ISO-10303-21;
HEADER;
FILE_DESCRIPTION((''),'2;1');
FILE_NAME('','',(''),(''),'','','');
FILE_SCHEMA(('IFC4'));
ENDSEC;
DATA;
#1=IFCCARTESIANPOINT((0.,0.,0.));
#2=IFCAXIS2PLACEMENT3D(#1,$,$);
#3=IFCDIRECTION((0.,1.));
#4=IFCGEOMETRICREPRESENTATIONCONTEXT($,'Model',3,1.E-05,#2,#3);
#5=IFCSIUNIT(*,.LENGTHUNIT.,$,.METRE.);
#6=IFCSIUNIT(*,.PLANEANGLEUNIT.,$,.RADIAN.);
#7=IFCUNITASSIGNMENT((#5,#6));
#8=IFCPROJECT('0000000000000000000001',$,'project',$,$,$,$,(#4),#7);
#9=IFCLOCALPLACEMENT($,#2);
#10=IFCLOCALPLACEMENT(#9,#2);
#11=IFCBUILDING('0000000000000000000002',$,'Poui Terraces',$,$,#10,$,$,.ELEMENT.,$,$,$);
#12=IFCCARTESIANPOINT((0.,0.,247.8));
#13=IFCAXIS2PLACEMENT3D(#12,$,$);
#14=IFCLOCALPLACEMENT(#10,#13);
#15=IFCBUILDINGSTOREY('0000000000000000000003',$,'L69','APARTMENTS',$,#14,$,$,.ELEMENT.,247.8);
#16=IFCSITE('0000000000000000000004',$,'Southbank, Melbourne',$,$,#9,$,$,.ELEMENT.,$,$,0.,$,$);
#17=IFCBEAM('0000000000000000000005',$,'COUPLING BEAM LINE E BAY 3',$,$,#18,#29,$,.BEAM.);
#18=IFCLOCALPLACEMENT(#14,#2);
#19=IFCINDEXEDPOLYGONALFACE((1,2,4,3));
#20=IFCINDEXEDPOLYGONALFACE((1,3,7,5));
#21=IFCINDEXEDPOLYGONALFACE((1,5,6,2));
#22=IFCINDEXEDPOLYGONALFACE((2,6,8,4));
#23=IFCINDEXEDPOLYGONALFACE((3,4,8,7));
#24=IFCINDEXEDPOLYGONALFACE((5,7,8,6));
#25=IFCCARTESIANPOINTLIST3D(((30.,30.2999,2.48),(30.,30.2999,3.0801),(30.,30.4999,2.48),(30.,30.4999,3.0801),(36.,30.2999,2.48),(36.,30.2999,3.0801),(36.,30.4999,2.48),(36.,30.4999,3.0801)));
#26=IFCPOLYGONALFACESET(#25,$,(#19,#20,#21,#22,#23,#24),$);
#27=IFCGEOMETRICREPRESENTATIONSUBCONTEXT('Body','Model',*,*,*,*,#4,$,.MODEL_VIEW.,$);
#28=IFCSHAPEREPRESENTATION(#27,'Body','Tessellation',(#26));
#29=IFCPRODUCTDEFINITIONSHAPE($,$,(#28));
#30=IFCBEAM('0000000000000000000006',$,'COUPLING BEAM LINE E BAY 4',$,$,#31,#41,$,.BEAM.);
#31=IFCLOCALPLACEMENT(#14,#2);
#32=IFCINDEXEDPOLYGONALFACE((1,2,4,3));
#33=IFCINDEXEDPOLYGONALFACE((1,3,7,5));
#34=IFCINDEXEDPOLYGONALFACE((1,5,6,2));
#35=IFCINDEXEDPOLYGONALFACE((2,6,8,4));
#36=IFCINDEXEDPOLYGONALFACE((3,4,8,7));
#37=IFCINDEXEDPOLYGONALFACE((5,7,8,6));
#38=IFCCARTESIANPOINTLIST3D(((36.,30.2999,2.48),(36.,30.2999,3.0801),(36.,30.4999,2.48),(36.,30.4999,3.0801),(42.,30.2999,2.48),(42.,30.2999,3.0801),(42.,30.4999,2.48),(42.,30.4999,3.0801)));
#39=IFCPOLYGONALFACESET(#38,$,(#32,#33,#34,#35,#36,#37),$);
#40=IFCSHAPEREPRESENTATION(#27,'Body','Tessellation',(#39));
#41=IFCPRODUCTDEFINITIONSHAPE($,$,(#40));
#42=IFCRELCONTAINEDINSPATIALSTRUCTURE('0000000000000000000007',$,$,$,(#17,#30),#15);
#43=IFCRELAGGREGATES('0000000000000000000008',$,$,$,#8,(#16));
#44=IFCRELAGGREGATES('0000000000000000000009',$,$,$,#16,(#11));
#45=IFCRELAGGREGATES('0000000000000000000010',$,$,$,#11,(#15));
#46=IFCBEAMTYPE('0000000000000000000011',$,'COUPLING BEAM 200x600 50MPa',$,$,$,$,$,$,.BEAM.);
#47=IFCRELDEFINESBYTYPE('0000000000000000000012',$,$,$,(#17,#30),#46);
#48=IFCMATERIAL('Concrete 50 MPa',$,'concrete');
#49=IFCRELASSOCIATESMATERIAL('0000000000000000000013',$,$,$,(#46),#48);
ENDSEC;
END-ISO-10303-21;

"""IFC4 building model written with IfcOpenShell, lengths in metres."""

from ifc_helpers import new_model, si_unit, direction, frame, origin, origin_2d, place, context, subcontext, project, spatial, rectangle, extrude, source, transform, mapped, material, material_profile, profile_set, type_object, element, save


model = new_model("IFC4")

# Units and contexts
model_context = context("Model", 3, precision=1e-05, world=origin(), true_north=direction((0.0, 1.0)))
body_context = subcontext(model_context, "Body", "Model", "MODEL_VIEW")
ifc_project = project(units=[si_unit("LENGTHUNIT", "METRE"), si_unit("PLANEANGLEUNIT", "RADIAN")], contexts=[model_context])

# Site, building, storey
site_placement = place(None, origin())
site = spatial("IfcSite", under=ifc_project, at=site_placement, Name="Southbank, Melbourne", CompositionType="ELEMENT", RefElevation=0.0)
building_placement = place(site_placement, origin())
building = spatial("IfcBuilding", under=site, at=building_placement, Name="Poui Terraces", CompositionType="ELEMENT")
storey_placement = place(building_placement, frame((0.0, 0.0, 247.8)))
storey = spatial("IfcBuildingStorey", under=building, at=storey_placement, Name="L69", Description="APARTMENTS", CompositionType="ELEMENT", Elevation=247.8)

# Beams
ifc_material_1 = material(Name="Concrete 50 MPa", Category="concrete")
ifc_material_profile = material_profile(ifc_material_1, rectangle(XDim=0.2, YDim=0.6001, at=origin_2d()), Name="RC 200x600")
ifc_profile_set = profile_set([ifc_material_profile], Name="Concrete 50 MPa")
beam_type = type_object("IfcBeamType", Name="COUPLING BEAM 200x600 50MPa", PredefinedType="BEAM", material=ifc_profile_set)
shared_shape = source(origin(), body_context, "Body", "SweptSolid", [
    extrude(rectangle(XDim=0.2, YDim=0.6001, at=origin_2d()), origin(), (0.0, 0.0, 1.0), 6.0),
])
for number, where, z_axis, x_axis, name in (
    (1, (30.0, 30.3999, 2.78), (1.0, 0.0, 0.0), (0.0, 1.0, 0.0), "COUPLING BEAM LINE E BAY 3"),
    (2, (36.0, 30.3999, 2.78), (1.0, 0.0, 0.0), (0.0, 1.0, 0.0), "COUPLING BEAM LINE E BAY 4"),
):
    element("IfcBeam", number, at=place(storey_placement, frame(where, z_axis=z_axis, x_axis=x_axis)), inside=storey, type_object=beam_type, Name=name, PredefinedType="BEAM", context=body_context, shape_type="MappedRepresentation", body=[
        mapped(shared_shape, transform((0.0, 0.0, 0.0))),
    ])

save(model, "model.ifc")
